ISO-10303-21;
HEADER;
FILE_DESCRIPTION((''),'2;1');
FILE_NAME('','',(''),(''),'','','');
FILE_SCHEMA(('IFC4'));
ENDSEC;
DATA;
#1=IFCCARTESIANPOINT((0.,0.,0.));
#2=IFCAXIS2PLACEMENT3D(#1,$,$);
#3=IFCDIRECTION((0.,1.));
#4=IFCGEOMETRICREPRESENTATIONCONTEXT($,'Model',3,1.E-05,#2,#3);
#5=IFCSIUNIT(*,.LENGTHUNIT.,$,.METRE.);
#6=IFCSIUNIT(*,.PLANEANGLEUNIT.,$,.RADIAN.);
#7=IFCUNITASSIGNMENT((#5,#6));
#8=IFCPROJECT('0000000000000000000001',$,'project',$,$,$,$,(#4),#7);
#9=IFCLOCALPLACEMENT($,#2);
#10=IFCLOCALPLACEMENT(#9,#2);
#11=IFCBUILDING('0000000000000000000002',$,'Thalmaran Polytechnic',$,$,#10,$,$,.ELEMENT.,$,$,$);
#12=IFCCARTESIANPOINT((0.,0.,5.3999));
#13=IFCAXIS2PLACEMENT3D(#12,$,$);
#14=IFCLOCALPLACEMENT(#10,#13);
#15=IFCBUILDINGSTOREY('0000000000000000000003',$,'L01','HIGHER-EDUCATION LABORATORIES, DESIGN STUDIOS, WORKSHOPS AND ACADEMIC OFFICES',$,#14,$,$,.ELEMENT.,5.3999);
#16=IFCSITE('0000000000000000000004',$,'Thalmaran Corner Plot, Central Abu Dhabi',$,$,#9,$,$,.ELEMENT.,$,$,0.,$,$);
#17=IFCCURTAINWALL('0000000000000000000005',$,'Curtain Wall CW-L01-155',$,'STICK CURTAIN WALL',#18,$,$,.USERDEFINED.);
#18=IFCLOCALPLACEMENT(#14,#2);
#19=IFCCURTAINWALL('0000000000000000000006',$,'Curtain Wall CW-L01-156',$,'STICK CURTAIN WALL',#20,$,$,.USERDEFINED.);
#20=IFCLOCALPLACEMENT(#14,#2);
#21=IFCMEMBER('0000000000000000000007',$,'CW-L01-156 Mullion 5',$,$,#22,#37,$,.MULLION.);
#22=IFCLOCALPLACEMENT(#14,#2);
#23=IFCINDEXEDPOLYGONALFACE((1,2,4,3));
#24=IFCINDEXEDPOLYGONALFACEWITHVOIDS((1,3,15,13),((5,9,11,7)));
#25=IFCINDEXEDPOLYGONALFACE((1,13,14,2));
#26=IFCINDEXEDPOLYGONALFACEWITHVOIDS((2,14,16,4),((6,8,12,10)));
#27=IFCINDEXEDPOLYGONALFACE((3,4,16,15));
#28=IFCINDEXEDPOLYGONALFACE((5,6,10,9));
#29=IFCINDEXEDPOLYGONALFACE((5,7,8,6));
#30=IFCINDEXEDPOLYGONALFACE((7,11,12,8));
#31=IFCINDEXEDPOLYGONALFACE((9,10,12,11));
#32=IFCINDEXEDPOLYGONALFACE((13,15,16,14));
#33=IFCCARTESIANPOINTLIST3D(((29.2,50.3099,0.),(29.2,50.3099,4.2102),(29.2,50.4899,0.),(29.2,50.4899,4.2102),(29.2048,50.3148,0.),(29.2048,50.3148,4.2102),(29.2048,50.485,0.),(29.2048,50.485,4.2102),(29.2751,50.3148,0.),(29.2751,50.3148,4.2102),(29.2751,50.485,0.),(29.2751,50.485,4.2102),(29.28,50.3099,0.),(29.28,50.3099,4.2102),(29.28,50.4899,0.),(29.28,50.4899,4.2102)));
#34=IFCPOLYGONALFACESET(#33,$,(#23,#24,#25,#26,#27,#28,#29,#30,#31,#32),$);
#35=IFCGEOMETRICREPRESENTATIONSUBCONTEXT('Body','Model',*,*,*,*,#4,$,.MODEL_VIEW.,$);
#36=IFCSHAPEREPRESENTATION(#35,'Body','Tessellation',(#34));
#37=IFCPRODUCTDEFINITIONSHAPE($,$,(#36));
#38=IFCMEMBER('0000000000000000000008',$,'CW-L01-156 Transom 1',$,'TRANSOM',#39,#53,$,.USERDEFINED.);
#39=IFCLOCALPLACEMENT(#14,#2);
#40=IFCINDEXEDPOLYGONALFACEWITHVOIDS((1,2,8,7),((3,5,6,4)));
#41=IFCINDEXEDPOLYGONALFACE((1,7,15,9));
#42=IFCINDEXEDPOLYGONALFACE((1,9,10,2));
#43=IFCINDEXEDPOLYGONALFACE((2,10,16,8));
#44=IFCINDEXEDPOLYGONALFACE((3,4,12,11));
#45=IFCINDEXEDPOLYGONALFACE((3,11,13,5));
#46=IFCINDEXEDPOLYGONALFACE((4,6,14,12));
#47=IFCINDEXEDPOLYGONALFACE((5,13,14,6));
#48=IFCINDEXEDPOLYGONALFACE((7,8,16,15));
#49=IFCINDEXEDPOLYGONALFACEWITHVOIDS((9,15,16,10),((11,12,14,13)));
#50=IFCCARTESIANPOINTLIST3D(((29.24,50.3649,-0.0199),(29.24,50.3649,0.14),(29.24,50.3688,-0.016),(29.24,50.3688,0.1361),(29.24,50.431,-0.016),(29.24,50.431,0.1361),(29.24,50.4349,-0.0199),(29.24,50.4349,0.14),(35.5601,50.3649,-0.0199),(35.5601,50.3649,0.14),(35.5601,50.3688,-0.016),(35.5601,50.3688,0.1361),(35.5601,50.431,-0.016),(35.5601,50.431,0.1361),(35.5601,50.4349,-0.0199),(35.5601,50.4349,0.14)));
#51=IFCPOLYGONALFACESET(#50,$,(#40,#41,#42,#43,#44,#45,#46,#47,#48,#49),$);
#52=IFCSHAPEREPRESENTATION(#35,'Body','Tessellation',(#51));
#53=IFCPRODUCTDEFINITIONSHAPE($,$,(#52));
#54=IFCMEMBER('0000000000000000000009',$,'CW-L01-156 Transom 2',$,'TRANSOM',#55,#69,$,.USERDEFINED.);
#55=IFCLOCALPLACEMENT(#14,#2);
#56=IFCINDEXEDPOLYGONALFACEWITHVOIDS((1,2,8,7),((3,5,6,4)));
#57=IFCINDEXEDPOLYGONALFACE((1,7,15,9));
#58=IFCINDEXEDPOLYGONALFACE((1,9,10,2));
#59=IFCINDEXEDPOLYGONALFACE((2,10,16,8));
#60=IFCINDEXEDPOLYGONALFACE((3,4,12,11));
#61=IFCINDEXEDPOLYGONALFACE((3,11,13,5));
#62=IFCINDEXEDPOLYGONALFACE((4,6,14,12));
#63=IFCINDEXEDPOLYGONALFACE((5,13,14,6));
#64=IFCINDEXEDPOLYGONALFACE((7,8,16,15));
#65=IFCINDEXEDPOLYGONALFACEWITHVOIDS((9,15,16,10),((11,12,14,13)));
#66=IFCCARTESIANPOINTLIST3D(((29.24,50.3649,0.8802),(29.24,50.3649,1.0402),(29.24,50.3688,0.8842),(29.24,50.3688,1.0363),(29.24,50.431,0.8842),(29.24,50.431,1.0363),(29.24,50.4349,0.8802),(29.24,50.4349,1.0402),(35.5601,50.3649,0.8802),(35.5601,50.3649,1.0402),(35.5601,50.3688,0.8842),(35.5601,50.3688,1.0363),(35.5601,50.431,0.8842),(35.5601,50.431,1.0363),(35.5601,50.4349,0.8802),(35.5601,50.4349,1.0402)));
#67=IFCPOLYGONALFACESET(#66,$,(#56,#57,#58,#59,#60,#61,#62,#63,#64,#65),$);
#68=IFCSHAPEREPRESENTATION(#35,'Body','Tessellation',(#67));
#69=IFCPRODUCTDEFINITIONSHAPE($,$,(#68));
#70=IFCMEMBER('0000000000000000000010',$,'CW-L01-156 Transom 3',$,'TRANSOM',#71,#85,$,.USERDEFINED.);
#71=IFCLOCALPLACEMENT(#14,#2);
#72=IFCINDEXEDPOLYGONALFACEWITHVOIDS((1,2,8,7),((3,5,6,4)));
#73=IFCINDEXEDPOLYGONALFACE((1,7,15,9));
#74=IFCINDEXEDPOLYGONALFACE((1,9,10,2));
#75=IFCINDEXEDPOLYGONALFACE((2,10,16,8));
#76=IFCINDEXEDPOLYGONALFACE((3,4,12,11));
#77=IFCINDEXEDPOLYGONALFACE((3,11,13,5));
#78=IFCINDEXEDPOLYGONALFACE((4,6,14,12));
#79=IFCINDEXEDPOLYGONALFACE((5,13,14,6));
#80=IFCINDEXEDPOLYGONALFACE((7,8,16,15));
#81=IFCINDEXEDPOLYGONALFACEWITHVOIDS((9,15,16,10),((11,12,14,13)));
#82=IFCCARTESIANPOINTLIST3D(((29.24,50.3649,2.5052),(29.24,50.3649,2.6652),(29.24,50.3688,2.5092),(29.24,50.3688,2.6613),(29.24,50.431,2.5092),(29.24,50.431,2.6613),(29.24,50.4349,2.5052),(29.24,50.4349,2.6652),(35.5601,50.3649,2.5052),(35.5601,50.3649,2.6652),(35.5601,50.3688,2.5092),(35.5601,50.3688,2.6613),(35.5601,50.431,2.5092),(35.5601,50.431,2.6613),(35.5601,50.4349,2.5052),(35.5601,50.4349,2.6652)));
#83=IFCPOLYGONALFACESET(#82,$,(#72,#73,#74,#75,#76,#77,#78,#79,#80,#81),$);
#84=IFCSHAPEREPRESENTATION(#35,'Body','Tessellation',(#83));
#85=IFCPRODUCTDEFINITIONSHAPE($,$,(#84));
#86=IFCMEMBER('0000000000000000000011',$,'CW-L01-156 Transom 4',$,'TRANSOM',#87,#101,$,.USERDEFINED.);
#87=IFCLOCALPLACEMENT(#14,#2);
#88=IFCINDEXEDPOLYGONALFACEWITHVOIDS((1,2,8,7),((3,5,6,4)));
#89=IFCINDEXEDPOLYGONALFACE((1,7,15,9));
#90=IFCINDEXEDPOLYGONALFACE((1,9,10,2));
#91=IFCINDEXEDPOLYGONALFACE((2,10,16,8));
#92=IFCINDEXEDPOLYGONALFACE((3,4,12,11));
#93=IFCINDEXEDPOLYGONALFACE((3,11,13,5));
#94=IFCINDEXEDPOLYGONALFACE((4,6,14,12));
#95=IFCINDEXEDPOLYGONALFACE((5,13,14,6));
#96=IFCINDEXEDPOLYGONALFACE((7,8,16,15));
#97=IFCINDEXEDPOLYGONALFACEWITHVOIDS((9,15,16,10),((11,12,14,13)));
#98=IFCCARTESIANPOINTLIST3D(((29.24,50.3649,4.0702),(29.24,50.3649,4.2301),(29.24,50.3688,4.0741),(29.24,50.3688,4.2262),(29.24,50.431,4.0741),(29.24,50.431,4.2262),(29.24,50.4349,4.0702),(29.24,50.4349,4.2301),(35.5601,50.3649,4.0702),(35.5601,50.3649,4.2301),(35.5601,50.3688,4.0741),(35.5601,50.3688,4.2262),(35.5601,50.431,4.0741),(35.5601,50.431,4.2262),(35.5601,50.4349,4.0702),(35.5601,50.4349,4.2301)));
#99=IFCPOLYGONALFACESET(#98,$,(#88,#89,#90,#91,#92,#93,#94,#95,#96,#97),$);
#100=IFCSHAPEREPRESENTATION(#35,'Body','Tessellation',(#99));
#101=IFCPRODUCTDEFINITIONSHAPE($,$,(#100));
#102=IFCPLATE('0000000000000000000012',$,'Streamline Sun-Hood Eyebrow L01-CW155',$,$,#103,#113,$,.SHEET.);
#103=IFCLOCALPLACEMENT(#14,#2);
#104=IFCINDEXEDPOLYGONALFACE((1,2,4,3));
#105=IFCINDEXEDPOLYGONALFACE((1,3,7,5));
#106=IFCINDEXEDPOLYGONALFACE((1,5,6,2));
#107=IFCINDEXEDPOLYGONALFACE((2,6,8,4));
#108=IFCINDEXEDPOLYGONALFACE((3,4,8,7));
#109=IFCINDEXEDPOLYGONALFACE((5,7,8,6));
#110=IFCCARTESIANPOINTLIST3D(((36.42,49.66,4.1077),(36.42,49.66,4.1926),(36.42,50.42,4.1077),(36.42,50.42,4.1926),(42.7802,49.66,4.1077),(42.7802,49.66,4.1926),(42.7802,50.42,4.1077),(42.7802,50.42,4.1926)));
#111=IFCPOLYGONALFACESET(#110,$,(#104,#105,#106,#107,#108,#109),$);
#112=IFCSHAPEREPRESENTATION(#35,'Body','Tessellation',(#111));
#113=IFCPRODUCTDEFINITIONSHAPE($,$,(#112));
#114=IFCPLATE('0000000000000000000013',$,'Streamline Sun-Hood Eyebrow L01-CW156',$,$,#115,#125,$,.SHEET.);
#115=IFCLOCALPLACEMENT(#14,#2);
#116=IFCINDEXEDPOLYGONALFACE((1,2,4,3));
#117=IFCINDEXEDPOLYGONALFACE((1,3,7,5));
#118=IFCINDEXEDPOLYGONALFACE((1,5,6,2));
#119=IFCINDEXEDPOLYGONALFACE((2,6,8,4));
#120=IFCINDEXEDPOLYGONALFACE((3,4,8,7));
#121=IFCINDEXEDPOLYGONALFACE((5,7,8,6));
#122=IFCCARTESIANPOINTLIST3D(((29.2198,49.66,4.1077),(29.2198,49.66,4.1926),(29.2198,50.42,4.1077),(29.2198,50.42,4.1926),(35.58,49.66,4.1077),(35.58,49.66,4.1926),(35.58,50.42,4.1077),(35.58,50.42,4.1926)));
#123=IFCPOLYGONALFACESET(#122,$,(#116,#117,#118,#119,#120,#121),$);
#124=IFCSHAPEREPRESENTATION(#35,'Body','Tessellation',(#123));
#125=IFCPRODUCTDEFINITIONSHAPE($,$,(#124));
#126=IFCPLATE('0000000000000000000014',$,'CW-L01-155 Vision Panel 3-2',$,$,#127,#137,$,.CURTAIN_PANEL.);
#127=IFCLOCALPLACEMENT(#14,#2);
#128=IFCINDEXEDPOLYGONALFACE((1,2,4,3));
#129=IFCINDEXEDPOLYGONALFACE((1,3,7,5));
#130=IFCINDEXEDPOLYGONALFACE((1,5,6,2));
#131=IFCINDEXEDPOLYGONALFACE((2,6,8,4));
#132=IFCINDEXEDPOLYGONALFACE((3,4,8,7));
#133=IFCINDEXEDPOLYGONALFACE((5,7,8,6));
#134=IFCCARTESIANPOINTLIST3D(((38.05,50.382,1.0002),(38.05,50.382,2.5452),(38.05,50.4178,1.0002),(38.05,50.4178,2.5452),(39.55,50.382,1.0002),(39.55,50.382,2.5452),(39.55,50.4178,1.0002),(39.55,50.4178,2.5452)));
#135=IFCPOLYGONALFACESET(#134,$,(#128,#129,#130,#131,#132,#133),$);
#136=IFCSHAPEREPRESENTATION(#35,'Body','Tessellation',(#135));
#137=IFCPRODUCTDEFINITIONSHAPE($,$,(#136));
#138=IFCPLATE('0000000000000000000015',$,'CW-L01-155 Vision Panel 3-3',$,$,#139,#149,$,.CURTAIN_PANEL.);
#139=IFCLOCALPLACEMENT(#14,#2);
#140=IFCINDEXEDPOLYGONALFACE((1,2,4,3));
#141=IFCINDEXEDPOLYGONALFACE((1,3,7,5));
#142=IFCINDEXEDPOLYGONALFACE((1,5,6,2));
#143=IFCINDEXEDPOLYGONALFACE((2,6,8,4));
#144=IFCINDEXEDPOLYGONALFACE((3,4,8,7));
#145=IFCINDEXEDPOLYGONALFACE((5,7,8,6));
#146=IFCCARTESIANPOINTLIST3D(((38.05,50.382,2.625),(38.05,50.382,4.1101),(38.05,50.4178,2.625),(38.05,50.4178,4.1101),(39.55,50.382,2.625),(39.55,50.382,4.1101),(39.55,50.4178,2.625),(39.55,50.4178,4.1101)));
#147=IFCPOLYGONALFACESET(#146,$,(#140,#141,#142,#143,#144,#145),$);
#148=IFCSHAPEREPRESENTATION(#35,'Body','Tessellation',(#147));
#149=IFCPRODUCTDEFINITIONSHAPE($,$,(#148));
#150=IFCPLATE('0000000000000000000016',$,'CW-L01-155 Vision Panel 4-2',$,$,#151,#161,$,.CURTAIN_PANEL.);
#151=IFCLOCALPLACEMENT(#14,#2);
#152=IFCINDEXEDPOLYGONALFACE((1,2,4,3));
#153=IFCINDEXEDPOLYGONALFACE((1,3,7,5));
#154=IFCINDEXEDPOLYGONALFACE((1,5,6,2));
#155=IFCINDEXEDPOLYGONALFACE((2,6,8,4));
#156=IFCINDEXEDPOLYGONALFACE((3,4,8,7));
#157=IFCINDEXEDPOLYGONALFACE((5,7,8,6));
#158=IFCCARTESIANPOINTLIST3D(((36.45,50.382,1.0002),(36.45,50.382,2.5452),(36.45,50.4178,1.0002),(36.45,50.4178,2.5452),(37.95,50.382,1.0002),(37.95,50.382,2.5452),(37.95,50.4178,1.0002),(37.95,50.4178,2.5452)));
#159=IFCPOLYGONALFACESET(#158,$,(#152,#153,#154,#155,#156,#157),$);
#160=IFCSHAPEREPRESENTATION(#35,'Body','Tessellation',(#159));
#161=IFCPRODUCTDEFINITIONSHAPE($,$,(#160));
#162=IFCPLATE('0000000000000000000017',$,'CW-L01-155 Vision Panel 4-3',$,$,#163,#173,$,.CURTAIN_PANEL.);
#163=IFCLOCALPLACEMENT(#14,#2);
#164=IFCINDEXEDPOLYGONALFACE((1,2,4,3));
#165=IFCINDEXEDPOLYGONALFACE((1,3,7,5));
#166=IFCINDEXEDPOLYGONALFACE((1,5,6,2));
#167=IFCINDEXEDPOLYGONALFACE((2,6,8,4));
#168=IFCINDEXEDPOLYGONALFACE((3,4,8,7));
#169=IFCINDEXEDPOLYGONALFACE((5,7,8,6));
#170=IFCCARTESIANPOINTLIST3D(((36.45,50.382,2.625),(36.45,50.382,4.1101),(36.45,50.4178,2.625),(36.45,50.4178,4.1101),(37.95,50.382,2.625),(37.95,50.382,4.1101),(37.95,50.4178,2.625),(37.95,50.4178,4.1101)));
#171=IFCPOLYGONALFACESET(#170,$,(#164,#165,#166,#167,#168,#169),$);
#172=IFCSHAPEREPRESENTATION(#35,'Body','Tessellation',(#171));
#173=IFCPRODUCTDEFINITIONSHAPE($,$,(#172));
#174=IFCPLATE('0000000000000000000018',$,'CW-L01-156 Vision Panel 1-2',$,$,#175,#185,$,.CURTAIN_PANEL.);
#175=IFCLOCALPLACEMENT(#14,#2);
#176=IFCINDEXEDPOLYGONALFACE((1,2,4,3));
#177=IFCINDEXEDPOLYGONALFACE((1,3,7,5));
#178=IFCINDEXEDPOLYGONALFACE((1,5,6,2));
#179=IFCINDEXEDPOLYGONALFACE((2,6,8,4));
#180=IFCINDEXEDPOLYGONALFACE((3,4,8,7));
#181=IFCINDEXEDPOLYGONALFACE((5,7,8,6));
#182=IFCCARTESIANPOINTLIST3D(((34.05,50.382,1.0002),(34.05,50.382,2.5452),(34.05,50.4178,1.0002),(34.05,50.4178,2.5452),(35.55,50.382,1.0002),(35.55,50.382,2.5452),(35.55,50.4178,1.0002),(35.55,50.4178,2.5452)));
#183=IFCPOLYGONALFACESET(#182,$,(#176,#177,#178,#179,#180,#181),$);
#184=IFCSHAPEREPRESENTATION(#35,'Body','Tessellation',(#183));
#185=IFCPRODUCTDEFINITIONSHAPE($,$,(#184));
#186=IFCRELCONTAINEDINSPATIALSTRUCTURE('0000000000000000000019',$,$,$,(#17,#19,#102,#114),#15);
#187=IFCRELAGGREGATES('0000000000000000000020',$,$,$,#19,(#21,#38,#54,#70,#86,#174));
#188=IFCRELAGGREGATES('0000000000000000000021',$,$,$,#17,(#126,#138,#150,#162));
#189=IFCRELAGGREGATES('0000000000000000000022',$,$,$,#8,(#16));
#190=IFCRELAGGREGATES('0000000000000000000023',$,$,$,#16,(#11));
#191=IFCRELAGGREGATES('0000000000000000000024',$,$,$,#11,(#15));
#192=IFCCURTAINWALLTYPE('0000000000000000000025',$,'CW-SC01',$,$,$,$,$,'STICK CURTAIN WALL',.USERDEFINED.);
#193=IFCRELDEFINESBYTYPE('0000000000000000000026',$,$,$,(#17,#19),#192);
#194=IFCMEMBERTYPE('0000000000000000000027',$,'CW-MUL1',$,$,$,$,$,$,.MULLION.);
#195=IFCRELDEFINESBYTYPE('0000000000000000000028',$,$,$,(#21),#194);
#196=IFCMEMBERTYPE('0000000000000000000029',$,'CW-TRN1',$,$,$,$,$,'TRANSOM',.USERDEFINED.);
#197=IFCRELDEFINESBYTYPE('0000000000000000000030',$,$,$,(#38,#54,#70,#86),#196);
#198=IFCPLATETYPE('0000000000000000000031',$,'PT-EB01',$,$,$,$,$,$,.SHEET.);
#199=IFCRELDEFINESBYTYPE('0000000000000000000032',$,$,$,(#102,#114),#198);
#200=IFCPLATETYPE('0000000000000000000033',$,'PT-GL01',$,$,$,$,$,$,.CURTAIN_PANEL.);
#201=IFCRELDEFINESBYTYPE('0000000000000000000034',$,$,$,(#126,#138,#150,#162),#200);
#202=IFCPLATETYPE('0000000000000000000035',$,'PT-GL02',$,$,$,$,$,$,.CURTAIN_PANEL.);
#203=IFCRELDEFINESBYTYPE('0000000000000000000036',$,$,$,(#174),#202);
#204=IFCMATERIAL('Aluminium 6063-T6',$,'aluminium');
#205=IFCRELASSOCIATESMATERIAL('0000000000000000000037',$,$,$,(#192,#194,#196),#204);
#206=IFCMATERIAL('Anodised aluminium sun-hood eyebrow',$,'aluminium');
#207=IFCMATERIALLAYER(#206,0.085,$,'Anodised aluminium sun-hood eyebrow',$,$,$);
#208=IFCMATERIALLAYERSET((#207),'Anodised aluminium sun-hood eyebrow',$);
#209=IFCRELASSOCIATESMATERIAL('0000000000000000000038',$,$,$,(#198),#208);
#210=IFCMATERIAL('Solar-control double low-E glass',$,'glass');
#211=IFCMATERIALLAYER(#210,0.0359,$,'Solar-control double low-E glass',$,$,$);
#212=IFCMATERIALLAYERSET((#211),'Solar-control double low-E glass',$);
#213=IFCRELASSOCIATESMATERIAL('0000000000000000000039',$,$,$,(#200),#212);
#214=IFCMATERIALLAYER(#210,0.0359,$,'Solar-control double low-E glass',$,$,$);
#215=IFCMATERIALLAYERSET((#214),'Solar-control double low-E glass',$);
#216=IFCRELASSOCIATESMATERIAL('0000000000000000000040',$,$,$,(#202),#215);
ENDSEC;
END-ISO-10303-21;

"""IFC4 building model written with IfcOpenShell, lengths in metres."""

from ifc_helpers import new_model, si_unit, direction, frame, origin, origin_2d, place, context, subcontext, project, spatial, rectangle, hollow_rectangle, extrude, material, layer, layer_set, material_profile, profile_set, type_object, element, aggregate, save


model = new_model("IFC4")

# Units and contexts
model_context = context("Model", 3, precision=1e-05, world=origin(), true_north=direction((0.0, 1.0)))
body_context = subcontext(model_context, "Body", "Model", "MODEL_VIEW")
ifc_project = project(units=[si_unit("LENGTHUNIT", "METRE"), si_unit("PLANEANGLEUNIT", "RADIAN")], contexts=[model_context])

# Site, building, storey
site_placement = place(None, origin())
site = spatial("IfcSite", under=ifc_project, at=site_placement, Name="Thalmaran Corner Plot, Central Abu Dhabi", CompositionType="ELEMENT", RefElevation=0.0)
building_placement = place(site_placement, origin())
building = spatial("IfcBuilding", under=site, at=building_placement, Name="Thalmaran Polytechnic", CompositionType="ELEMENT")
storey_placement = place(building_placement, frame((0.0, 0.0, 5.3999)))
storey = spatial("IfcBuildingStorey", under=building, at=storey_placement, Name="L01", Description="HIGHER-EDUCATION LABORATORIES, DESIGN STUDIOS, WORKSHOPS AND ACADEMIC OFFICES", CompositionType="ELEMENT", Elevation=5.3999)

# Curtain walls, members
ifc_material_1 = material(Name="Aluminium 6063-T6", Category="aluminium")
curtain_wall_type = type_object("IfcCurtainWallType", Name="CW-SC01", ElementType="STICK CURTAIN WALL", PredefinedType="USERDEFINED", material=ifc_material_1)
curtain_wall_1_placement = place(storey_placement, origin())
curtain_wall_1 = element("IfcCurtainWall", 1, at=curtain_wall_1_placement, inside=storey, type_object=curtain_wall_type, Name="Curtain Wall CW-L01-155", ObjectType="STICK CURTAIN WALL", PredefinedType="USERDEFINED")
ifc_material_profile_1 = material_profile(ifc_material_1, hollow_rectangle(XDim=0.0801, YDim=0.1799, WallThickness=0.0049, at=origin_2d()), Name="RHS 180x80x5.0")
ifc_profile_set_1 = profile_set([ifc_material_profile_1], Name="Aluminium 6063-T6")
member_type_1 = type_object("IfcMemberType", Name="CW-MUL1", PredefinedType="MULLION", material=ifc_profile_set_1)
curtain_wall_2_placement = place(storey_placement, origin())
curtain_wall_2 = element("IfcCurtainWall", 2, at=curtain_wall_2_placement, inside=storey, type_object=curtain_wall_type, Name="Curtain Wall CW-L01-156", ObjectType="STICK CURTAIN WALL", PredefinedType="USERDEFINED")
member_1_placement = place(storey_placement, frame((29.24, 50.3999, 0.0), z_axis=(0.0, 0.0, 1.0), x_axis=(1.0, 0.0, 0.0)))
member_1 = element("IfcMember", 3, at=member_1_placement, type_object=member_type_1, Name="CW-L01-156 Mullion 5", PredefinedType="MULLION", context=body_context, shape_type="SweptSolid", body=[
    extrude(hollow_rectangle(XDim=0.0801, YDim=0.1799, WallThickness=0.0049, at=origin_2d()), origin(), (0.0, 0.0, 1.0), 4.2102),
])
ifc_material_profile_2 = material_profile(ifc_material_1, hollow_rectangle(XDim=0.0701, YDim=0.1599, WallThickness=0.0039, at=origin_2d()), Name="AL 160x70x4.0")
ifc_profile_set_2 = profile_set([ifc_material_profile_2], Name="Aluminium 6063-T6")
member_type_2 = type_object("IfcMemberType", Name="CW-TRN1", ElementType="TRANSOM", PredefinedType="USERDEFINED", material=ifc_profile_set_2)
member_2_placement = place(storey_placement, frame((35.5601, 50.3999, 0.0601), z_axis=(-1.0, 0.0, 0.0), x_axis=(0.0, -1.0, 0.0)))
member_2 = element("IfcMember", 4, at=member_2_placement, type_object=member_type_2, Name="CW-L01-156 Transom 1", ObjectType="TRANSOM", PredefinedType="USERDEFINED", context=body_context, shape_type="SweptSolid", body=[
    extrude(hollow_rectangle(XDim=0.0701, YDim=0.1599, WallThickness=0.0039, at=origin_2d()), origin(), (0.0, 0.0, 1.0), 6.3201),
])
member_3_placement = place(storey_placement, frame((35.5601, 50.3999, 0.9602), z_axis=(-1.0, 0.0, 0.0), x_axis=(0.0, -1.0, 0.0)))
member_3 = element("IfcMember", 5, at=member_3_placement, type_object=member_type_2, Name="CW-L01-156 Transom 2", ObjectType="TRANSOM", PredefinedType="USERDEFINED", context=body_context, shape_type="SweptSolid", body=[
    extrude(hollow_rectangle(XDim=0.0701, YDim=0.1599, WallThickness=0.0039, at=origin_2d()), origin(), (0.0, 0.0, 1.0), 6.3201),
])
member_4_placement = place(storey_placement, frame((35.5601, 50.3999, 2.5852), z_axis=(-1.0, 0.0, 0.0), x_axis=(0.0, -1.0, 0.0)))
member_4 = element("IfcMember", 6, at=member_4_placement, type_object=member_type_2, Name="CW-L01-156 Transom 3", ObjectType="TRANSOM", PredefinedType="USERDEFINED", context=body_context, shape_type="SweptSolid", body=[
    extrude(hollow_rectangle(XDim=0.0701, YDim=0.1599, WallThickness=0.0039, at=origin_2d()), origin(), (0.0, 0.0, 1.0), 6.3201),
])
member_5_placement = place(storey_placement, frame((35.5601, 50.3999, 4.1501), z_axis=(-1.0, 0.0, 0.0), x_axis=(0.0, -1.0, 0.0)))
member_5 = element("IfcMember", 7, at=member_5_placement, type_object=member_type_2, Name="CW-L01-156 Transom 4", ObjectType="TRANSOM", PredefinedType="USERDEFINED", context=body_context, shape_type="SweptSolid", body=[
    extrude(hollow_rectangle(XDim=0.0701, YDim=0.1599, WallThickness=0.0039, at=origin_2d()), origin(), (0.0, 0.0, 1.0), 6.3201),
])

# Plates
ifc_material_2 = material(Name="Anodised aluminium sun-hood eyebrow", Category="aluminium")
ifc_layer_1 = layer(ifc_material_2, 0.085, Name="Anodised aluminium sun-hood eyebrow")
ifc_layer_set_1 = layer_set([ifc_layer_1], Name="Anodised aluminium sun-hood eyebrow")
plate_type_1 = type_object("IfcPlateType", Name="PT-EB01", PredefinedType="SHEET", material=ifc_layer_set_1)
for number, where, z_axis, x_axis, name in (
    (8, (39.6001, 50.04, 4.1077), (0.0, 0.0, 1.0), (-1.0, 0.0, 0.0), "Streamline Sun-Hood Eyebrow L01-CW155"),
    (9, (32.3999, 50.04, 4.1077), (0.0, 0.0, 1.0), (-1.0, 0.0, 0.0), "Streamline Sun-Hood Eyebrow L01-CW156"),
):
    element("IfcPlate", number, at=place(storey_placement, frame(where, z_axis=z_axis, x_axis=x_axis)), inside=storey, type_object=plate_type_1, Name=name, PredefinedType="SHEET", context=body_context, shape_type="SweptSolid", body=[
        extrude(rectangle(XDim=6.3601, YDim=0.76, at=origin_2d()), origin(), (0.0, 0.0, 1.0), 0.085),
    ])

# Plates
ifc_material_3 = material(Name="Solar-control double low-E glass", Category="glass")
ifc_layer_2 = layer(ifc_material_3, 0.0359, Name="Solar-control double low-E glass")
ifc_layer_set_2 = layer_set([ifc_layer_2], Name="Solar-control double low-E glass")
plate_type_2 = type_object("IfcPlateType", Name="PT-GL01", PredefinedType="CURTAIN_PANEL", material=ifc_layer_set_2)
plate_1_placement = place(storey_placement, frame((38.8, 50.3999, 1.0002), z_axis=(0.0, 0.0, 1.0), x_axis=(-1.0, 0.0, 0.0)))
plate_1 = element("IfcPlate", 10, at=plate_1_placement, type_object=plate_type_2, Name="CW-L01-155 Vision Panel 3-2", PredefinedType="CURTAIN_PANEL", context=body_context, shape_type="SweptSolid", body=[
    extrude(rectangle(XDim=1.5, YDim=0.0359, at=origin_2d()), origin(), (0.0, 0.0, 1.0), 1.5449),
])
plate_2_placement = place(storey_placement, frame((38.8, 50.3999, 2.625), z_axis=(0.0, 0.0, 1.0), x_axis=(-1.0, 0.0, 0.0)))
plate_2 = element("IfcPlate", 11, at=plate_2_placement, type_object=plate_type_2, Name="CW-L01-155 Vision Panel 3-3", PredefinedType="CURTAIN_PANEL", context=body_context, shape_type="SweptSolid", body=[
    extrude(rectangle(XDim=1.5, YDim=0.0359, at=origin_2d()), origin(), (0.0, 0.0, 1.0), 1.4851),
])
plate_3_placement = place(storey_placement, frame((37.2, 50.3999, 1.0002), z_axis=(0.0, 0.0, 1.0), x_axis=(-1.0, 0.0, 0.0)))
plate_3 = element("IfcPlate", 12, at=plate_3_placement, type_object=plate_type_2, Name="CW-L01-155 Vision Panel 4-2", PredefinedType="CURTAIN_PANEL", context=body_context, shape_type="SweptSolid", body=[
    extrude(rectangle(XDim=1.5, YDim=0.0359, at=origin_2d()), origin(), (0.0, 0.0, 1.0), 1.5449),
])
plate_4_placement = place(storey_placement, frame((37.2, 50.3999, 2.625), z_axis=(0.0, 0.0, 1.0), x_axis=(-1.0, 0.0, 0.0)))
plate_4 = element("IfcPlate", 13, at=plate_4_placement, type_object=plate_type_2, Name="CW-L01-155 Vision Panel 4-3", PredefinedType="CURTAIN_PANEL", context=body_context, shape_type="SweptSolid", body=[
    extrude(rectangle(XDim=1.5, YDim=0.0359, at=origin_2d()), origin(), (0.0, 0.0, 1.0), 1.4851),
])
ifc_layer_3 = layer(ifc_material_3, 0.0359, Name="Solar-control double low-E glass")
ifc_layer_set_3 = layer_set([ifc_layer_3], Name="Solar-control double low-E glass")
plate_type_3 = type_object("IfcPlateType", Name="PT-GL02", PredefinedType="CURTAIN_PANEL", material=ifc_layer_set_3)
plate_5_placement = place(storey_placement, frame((34.8, 50.3999, 1.0002), z_axis=(0.0, 0.0, 1.0), x_axis=(-1.0, 0.0, 0.0)))
plate_5 = element("IfcPlate", 14, at=plate_5_placement, type_object=plate_type_3, Name="CW-L01-156 Vision Panel 1-2", PredefinedType="CURTAIN_PANEL", context=body_context, shape_type="SweptSolid", body=[
    extrude(rectangle(XDim=1.5, YDim=0.0359, at=origin_2d()), origin(), (0.0, 0.0, 1.0), 1.5449),
])
aggregate(curtain_wall_2, [member_1, member_2, member_3, member_4, member_5, plate_5])
aggregate(curtain_wall_1, [plate_1, plate_2, plate_3, plate_4])

save(model, "model.ifc")
